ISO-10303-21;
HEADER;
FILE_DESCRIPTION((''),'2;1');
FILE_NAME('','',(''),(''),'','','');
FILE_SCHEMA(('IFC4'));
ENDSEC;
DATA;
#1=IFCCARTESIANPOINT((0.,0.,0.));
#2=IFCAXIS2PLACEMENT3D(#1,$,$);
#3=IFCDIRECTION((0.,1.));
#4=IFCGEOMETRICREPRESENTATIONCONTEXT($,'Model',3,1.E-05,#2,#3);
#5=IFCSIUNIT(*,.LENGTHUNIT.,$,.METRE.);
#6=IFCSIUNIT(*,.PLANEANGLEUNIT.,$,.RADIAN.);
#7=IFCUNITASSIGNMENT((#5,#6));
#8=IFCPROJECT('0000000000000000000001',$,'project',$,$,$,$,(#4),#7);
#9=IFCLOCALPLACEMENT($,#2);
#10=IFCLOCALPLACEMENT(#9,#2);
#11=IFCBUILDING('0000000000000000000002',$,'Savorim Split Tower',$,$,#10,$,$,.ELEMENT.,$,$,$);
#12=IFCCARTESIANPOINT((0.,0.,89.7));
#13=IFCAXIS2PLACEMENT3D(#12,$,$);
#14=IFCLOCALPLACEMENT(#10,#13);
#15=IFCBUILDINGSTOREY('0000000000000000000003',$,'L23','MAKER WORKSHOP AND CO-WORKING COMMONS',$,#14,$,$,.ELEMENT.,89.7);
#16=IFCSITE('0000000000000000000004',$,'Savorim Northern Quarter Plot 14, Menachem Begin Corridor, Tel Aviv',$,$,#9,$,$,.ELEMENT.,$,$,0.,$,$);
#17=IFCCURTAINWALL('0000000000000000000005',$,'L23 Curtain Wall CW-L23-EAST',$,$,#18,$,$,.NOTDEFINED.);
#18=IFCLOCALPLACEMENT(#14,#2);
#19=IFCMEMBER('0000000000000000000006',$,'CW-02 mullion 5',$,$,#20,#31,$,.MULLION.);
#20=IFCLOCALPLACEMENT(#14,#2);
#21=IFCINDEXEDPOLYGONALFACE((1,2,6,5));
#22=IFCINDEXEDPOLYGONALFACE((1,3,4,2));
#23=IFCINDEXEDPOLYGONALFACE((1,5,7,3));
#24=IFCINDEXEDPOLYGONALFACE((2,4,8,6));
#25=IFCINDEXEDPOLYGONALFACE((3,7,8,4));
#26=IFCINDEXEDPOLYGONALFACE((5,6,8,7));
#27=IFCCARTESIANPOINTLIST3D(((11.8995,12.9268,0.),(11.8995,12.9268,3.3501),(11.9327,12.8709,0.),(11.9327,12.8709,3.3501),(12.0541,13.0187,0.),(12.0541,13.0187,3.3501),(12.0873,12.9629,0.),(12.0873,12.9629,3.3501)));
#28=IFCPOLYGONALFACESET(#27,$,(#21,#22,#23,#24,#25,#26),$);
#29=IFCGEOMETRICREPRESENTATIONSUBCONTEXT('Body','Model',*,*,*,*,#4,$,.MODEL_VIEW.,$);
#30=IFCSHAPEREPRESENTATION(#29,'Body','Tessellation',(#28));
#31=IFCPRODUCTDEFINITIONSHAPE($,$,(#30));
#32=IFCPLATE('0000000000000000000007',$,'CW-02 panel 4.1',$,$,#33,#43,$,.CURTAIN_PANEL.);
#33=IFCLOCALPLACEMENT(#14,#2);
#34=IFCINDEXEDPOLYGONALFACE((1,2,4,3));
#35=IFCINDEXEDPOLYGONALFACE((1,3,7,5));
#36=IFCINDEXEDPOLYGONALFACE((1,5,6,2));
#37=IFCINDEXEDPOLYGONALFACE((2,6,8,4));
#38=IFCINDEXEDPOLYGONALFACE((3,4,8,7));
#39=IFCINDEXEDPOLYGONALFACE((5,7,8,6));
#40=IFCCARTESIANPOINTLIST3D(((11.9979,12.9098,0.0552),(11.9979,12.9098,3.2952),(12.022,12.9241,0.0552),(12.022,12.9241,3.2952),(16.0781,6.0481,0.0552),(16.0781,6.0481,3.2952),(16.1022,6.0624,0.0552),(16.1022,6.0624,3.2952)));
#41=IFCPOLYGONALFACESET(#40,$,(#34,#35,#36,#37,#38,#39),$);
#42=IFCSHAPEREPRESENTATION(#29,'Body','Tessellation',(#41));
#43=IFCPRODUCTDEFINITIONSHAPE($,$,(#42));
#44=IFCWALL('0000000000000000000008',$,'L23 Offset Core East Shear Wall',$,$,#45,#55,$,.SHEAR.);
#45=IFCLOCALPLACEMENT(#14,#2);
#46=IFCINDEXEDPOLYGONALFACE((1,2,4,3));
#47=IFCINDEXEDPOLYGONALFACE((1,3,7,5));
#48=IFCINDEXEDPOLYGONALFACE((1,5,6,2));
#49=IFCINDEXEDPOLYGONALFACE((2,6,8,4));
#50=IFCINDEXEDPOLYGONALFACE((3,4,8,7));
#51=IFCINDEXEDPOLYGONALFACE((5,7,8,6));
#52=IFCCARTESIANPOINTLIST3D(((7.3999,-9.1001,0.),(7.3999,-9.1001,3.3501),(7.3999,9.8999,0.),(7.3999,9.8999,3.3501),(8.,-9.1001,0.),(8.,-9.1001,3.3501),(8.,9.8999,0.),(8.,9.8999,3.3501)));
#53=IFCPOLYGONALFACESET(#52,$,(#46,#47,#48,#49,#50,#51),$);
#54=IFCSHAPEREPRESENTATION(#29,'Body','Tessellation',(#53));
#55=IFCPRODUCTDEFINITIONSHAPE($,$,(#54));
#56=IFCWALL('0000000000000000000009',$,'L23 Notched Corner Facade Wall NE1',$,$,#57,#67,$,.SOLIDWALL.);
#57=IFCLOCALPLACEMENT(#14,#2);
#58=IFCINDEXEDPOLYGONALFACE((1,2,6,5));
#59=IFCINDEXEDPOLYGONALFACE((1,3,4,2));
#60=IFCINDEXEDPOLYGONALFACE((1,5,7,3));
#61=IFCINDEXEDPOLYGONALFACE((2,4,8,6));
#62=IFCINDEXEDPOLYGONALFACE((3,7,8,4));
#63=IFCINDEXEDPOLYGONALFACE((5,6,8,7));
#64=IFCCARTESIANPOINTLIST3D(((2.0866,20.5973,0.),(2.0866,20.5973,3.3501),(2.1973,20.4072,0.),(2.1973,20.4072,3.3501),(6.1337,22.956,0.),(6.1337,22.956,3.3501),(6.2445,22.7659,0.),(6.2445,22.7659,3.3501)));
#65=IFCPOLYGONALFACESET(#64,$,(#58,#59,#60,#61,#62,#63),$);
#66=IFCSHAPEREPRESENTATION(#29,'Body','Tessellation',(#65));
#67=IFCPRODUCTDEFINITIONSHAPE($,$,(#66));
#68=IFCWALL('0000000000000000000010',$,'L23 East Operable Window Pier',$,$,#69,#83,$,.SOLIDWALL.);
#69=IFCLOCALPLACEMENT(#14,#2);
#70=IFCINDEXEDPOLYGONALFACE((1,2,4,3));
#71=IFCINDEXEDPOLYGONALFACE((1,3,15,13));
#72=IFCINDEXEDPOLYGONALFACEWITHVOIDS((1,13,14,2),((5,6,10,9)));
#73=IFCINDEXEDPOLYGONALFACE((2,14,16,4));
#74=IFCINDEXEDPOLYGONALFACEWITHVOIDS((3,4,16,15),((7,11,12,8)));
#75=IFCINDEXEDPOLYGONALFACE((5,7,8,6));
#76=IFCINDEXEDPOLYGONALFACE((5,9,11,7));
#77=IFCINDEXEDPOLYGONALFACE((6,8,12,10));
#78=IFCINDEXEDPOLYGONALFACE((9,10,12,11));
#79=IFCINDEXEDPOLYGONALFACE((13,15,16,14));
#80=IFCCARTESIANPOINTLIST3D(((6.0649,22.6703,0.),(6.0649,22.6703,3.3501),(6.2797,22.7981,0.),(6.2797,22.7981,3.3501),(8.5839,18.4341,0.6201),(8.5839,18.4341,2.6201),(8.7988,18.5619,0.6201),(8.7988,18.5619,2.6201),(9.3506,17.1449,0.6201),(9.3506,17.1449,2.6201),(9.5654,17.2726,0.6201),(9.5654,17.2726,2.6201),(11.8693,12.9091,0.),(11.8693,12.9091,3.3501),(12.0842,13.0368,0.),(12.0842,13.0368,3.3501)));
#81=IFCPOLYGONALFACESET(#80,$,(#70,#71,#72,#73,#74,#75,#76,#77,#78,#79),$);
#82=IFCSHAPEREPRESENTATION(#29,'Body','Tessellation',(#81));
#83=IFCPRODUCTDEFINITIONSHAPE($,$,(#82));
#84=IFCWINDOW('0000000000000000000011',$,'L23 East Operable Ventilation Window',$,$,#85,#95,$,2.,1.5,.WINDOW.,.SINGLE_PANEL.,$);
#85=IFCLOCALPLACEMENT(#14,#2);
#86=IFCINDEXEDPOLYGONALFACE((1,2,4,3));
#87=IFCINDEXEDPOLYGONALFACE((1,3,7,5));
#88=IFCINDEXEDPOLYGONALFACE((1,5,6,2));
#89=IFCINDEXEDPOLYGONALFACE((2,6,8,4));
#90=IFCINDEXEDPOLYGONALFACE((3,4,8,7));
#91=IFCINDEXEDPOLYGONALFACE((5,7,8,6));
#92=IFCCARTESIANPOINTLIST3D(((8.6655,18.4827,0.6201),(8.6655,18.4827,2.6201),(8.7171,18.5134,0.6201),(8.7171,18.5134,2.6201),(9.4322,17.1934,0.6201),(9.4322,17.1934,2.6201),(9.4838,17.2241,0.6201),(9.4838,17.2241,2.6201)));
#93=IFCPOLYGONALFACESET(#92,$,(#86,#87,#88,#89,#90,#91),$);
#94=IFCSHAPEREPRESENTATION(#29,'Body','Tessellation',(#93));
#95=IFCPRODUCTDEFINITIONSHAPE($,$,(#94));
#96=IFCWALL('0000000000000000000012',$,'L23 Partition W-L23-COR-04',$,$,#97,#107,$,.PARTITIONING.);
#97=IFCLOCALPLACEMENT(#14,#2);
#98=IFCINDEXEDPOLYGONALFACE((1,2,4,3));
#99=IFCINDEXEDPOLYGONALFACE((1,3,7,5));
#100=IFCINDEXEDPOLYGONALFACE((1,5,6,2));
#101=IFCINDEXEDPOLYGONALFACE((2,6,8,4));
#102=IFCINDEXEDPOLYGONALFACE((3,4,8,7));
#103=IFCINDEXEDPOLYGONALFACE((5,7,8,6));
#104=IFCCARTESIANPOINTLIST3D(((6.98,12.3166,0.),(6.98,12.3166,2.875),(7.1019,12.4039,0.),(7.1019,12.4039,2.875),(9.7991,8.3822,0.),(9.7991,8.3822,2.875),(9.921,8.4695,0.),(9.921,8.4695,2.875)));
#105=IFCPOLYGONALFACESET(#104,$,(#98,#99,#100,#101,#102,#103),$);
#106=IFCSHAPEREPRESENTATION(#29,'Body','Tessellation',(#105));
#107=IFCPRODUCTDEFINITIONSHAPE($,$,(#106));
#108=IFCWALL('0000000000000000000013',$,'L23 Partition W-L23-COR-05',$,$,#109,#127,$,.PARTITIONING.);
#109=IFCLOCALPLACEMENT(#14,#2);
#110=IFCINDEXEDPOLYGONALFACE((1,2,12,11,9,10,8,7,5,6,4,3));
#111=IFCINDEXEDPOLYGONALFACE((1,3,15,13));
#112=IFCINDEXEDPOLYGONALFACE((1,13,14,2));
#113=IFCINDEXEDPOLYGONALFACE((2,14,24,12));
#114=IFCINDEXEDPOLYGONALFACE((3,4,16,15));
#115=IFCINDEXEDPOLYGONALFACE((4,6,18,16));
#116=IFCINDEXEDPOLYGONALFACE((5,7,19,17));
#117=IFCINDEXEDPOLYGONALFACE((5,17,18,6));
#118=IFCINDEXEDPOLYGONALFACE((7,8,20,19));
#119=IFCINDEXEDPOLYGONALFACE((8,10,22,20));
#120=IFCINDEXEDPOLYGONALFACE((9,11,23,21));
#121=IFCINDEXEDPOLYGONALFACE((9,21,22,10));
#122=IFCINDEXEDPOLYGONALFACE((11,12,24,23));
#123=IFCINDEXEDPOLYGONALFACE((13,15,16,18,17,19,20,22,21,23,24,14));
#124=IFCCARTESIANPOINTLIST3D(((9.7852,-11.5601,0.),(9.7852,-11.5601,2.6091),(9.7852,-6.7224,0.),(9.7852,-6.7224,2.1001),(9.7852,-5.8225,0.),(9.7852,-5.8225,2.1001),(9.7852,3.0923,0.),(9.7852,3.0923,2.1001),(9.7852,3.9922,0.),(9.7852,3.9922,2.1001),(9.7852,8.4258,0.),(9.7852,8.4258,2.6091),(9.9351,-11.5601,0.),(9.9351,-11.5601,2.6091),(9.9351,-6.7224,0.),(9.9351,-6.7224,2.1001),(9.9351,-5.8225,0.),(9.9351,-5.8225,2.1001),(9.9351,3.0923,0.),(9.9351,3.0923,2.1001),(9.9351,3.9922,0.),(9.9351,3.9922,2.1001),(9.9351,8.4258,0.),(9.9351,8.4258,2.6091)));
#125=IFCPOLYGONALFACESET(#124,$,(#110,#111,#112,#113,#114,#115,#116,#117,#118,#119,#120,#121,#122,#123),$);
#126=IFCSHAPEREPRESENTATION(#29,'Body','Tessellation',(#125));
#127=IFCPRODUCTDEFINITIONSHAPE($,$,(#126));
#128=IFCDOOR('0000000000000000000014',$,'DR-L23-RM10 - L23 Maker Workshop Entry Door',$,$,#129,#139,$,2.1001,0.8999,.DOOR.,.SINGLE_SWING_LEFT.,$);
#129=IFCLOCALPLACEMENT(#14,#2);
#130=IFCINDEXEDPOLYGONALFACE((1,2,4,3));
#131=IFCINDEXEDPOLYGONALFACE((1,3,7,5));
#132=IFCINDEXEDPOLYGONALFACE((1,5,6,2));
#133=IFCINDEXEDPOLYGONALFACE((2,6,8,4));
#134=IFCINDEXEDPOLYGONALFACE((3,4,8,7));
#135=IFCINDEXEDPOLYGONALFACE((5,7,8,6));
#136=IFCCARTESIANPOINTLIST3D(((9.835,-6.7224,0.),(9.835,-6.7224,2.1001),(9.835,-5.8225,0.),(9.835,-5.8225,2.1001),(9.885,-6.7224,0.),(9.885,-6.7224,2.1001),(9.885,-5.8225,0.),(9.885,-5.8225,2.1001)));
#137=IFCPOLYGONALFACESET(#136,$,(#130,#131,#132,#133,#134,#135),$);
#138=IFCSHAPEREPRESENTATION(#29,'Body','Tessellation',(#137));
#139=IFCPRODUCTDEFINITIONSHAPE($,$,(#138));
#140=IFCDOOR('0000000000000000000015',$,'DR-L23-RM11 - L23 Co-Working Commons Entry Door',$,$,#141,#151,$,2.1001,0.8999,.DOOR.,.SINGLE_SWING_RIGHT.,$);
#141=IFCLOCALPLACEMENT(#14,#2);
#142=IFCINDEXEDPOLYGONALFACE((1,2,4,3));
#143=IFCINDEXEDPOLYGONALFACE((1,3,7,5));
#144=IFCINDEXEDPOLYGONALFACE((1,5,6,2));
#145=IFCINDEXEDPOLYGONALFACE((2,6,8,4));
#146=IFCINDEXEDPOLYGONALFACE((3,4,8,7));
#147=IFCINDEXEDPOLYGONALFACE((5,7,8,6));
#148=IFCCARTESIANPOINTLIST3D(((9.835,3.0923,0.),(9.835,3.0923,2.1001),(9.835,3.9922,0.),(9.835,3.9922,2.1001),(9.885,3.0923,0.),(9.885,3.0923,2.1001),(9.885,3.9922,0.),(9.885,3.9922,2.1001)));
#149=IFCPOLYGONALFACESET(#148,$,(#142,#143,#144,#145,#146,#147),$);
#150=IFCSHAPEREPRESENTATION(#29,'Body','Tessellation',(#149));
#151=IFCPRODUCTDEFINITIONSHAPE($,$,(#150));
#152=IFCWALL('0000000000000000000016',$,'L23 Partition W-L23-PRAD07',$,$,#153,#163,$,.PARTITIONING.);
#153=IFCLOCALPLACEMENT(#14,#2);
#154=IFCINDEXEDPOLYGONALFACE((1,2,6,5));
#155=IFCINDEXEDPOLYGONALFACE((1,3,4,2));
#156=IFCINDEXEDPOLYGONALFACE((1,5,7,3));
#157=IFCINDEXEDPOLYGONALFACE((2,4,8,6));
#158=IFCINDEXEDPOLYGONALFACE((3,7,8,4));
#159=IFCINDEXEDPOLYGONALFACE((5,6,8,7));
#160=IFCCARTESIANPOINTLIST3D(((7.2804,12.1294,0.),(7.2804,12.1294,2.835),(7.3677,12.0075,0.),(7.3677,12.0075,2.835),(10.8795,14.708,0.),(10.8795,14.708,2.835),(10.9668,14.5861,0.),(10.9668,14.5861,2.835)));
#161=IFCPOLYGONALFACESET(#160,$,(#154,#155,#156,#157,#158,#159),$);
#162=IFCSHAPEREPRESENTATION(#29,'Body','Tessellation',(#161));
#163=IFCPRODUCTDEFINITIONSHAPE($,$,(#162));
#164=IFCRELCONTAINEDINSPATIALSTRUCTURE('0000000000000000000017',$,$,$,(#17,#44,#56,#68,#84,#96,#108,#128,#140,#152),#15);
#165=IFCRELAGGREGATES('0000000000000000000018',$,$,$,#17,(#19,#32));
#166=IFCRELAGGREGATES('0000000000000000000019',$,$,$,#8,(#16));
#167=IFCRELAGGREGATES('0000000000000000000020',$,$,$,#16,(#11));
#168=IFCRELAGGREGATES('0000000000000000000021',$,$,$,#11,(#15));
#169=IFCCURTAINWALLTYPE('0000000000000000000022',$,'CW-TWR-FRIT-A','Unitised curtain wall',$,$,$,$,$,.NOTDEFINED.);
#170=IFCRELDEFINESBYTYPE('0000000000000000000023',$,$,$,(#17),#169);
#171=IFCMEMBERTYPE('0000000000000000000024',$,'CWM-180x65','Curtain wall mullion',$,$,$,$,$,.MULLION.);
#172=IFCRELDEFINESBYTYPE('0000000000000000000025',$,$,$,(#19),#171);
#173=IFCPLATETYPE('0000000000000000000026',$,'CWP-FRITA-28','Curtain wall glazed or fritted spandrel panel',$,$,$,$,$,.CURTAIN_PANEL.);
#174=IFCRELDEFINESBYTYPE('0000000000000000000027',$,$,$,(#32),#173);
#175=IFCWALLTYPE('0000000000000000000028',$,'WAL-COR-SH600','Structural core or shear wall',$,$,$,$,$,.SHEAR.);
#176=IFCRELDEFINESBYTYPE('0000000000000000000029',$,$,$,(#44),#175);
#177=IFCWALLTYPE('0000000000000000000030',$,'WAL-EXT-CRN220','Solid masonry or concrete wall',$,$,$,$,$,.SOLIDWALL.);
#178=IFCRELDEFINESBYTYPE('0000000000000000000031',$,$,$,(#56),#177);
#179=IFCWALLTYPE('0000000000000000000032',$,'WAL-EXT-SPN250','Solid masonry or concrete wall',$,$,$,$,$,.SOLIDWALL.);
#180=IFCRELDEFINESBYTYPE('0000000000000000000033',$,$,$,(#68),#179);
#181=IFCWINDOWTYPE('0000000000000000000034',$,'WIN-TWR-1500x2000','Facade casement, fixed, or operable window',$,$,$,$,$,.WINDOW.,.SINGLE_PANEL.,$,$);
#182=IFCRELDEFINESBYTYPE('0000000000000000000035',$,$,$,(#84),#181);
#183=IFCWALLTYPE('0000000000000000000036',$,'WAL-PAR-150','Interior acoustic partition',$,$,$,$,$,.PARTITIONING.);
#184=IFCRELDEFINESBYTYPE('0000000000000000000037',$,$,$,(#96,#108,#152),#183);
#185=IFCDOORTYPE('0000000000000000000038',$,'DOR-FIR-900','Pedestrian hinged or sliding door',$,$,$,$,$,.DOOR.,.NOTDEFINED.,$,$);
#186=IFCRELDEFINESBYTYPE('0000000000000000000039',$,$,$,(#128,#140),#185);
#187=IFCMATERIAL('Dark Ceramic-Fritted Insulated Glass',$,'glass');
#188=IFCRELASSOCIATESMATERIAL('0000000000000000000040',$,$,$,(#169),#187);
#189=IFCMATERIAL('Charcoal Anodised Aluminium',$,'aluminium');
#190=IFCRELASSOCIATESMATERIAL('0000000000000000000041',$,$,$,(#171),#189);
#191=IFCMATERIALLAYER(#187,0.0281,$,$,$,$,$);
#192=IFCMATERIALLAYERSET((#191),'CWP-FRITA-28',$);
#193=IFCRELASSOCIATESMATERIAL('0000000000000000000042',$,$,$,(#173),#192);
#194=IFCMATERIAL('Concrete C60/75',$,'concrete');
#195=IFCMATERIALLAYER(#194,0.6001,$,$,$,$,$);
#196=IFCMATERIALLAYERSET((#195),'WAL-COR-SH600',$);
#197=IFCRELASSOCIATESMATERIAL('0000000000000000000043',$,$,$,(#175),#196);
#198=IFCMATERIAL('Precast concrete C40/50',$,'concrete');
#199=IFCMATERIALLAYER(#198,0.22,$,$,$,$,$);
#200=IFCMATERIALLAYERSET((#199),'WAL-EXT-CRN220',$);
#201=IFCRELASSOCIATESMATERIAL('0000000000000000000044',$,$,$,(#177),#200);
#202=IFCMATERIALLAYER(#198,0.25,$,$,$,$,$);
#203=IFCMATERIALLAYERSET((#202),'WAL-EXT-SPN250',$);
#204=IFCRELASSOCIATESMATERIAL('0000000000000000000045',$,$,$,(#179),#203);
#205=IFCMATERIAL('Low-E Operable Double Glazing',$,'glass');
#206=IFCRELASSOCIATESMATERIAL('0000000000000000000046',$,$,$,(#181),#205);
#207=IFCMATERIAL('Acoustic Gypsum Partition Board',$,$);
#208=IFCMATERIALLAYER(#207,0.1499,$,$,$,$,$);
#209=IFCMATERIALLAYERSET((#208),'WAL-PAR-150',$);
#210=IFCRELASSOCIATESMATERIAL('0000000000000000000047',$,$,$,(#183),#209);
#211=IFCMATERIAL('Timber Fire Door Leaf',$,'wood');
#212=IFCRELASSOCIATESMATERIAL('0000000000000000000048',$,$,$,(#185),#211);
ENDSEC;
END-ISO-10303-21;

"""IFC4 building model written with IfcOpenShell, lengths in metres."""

from ifc_helpers import new_model, si_unit, direction, frame, frame_2d, origin, origin_2d, place, context, subcontext, project, spatial, rectangle, extrude, material, layer, layer_set, material_profile, profile_set, type_object, element, fill, aggregate, save


model = new_model("IFC4")

# Units and contexts
model_context = context("Model", 3, precision=1e-05, world=origin(), true_north=direction((0.0, 1.0)))
body_context = subcontext(model_context, "Body", "Model", "MODEL_VIEW")
ifc_project = project(units=[si_unit("LENGTHUNIT", "METRE"), si_unit("PLANEANGLEUNIT", "RADIAN")], contexts=[model_context])

# Site, building, storey
site_placement = place(None, origin())
site = spatial("IfcSite", under=ifc_project, at=site_placement, Name="Savorim Northern Quarter Plot 14, Menachem Begin Corridor, Tel Aviv", CompositionType="ELEMENT", RefElevation=0.0)
building_placement = place(site_placement, origin())
building = spatial("IfcBuilding", under=site, at=building_placement, Name="Savorim Split Tower", CompositionType="ELEMENT")
storey_placement = place(building_placement, frame((0.0, 0.0, 89.7)))
storey = spatial("IfcBuildingStorey", under=building, at=storey_placement, Name="L23", Description="MAKER WORKSHOP AND CO-WORKING COMMONS", CompositionType="ELEMENT", Elevation=89.7)

# Curtain wall, member, plate
ifc_material_1 = material(Name="Dark Ceramic-Fritted Insulated Glass", Category="glass")
curtain_wall_type = type_object("IfcCurtainWallType", Name="CW-TWR-FRIT-A", Description="Unitised curtain wall", PredefinedType="NOTDEFINED", material=ifc_material_1)
curtain_wall_placement = place(storey_placement, origin())
curtain_wall = element("IfcCurtainWall", 1, at=curtain_wall_placement, inside=storey, type_object=curtain_wall_type, Name="L23 Curtain Wall CW-L23-EAST", PredefinedType="NOTDEFINED")
ifc_material_2 = material(Name="Charcoal Anodised Aluminium", Category="aluminium")
ifc_material_profile_1 = material_profile(ifc_material_2, rectangle(XDim=0.1799, YDim=0.0649, at=origin_2d()), Name="ALU-M 180x65")
ifc_profile_set_1 = profile_set([ifc_material_profile_1], Name="Charcoal Anodised Aluminium")
member_type = type_object("IfcMemberType", Name="CWM-180x65", Description="Curtain wall mullion", PredefinedType="MULLION", material=ifc_profile_set_1)
member_placement = place(storey_placement, frame((11.9934, 12.9448, 0.0), z_axis=(0.0, 0.0, 1.0), x_axis=(-0.859525, -0.511094, 0.0)))
member = element("IfcMember", 2, at=member_placement, type_object=member_type, Name="CW-02 mullion 5", PredefinedType="MULLION", context=body_context, shape_type="SweptSolid", body=[
    extrude(rectangle(XDim=0.1799, YDim=0.0649, at=origin_2d()), origin(), (0.0, 0.0, 1.0), 3.3501),
])
ifc_layer_1 = layer(ifc_material_1, 0.0281)
ifc_layer_set_1 = layer_set([ifc_layer_1], Name="CWP-FRITA-28")
plate_type = type_object("IfcPlateType", Name="CWP-FRITA-28", Description="Curtain wall glazed or fritted spandrel panel", PredefinedType="CURTAIN_PANEL", material=ifc_layer_set_1)
plate_placement = place(storey_placement, frame((14.05, 9.4861, 0.0552), z_axis=(0.0, 0.0, 1.0), x_axis=(-0.511094, 0.859525, 0.0)))
plate = element("IfcPlate", 3, at=plate_placement, type_object=plate_type, Name="CW-02 panel 4.1", PredefinedType="CURTAIN_PANEL", context=body_context, shape_type="SweptSolid", body=[
    extrude(rectangle(XDim=7.9832, YDim=0.0281, at=origin_2d()), origin(), (0.0, 0.0, 1.0), 3.24),
])
aggregate(curtain_wall, [member, plate])

# Shared definitions
ifc_material_3 = material(Name="Concrete C60/75", Category="concrete")
ifc_layer_2 = layer(ifc_material_3, 0.6001)
ifc_layer_set_2 = layer_set([ifc_layer_2], Name="WAL-COR-SH600")
wall_type_1 = type_object("IfcWallType", Name="WAL-COR-SH600", Description="Structural core or shear wall", PredefinedType="SHEAR", material=ifc_layer_set_2)
ifc_material_4 = material(Name="Timber Fire Door Leaf", Category="wood")

# Walls
wall_1_placement = place(storey_placement, frame((7.7, 9.8999, 0.0), z_axis=(0.0, 0.0, 1.0), x_axis=(0.0, -1.0, 0.0)))
element("IfcWall", 4, at=wall_1_placement, inside=storey, type_object=wall_type_1, Name="L23 Offset Core East Shear Wall", PredefinedType="SHEAR", context=body_context, shape_type="SweptSolid", body=[
    extrude(rectangle(XDim=19.0, YDim=0.6001, at=frame_2d((9.5, 0.0))), origin(), (0.0, 0.0, 1.0), 3.3501),
])
ifc_material_5 = material(Name="Precast concrete C40/50", Category="concrete")
ifc_layer_3 = layer(ifc_material_5, 0.22)
ifc_layer_set_3 = layer_set([ifc_layer_3], Name="WAL-EXT-CRN220")
wall_type_2 = type_object("IfcWallType", Name="WAL-EXT-CRN220", Description="Solid masonry or concrete wall", PredefinedType="SOLIDWALL", material=ifc_layer_set_3)
wall_2_placement = place(storey_placement, frame((2.1418, 20.5022, 0.0), z_axis=(0.0, 0.0, 1.0), x_axis=(0.863981, 0.503524, 0.0)))
element("IfcWall", 5, at=wall_2_placement, inside=storey, type_object=wall_type_2, Name="L23 Notched Corner Facade Wall NE1", PredefinedType="SOLIDWALL", context=body_context, shape_type="SweptSolid", body=[
    extrude(rectangle(XDim=4.6843, YDim=0.22, at=frame_2d((2.3423, 0.0))), origin(), (0.0, 0.0, 1.0), 3.3501),
])

# Wall, opening, window
ifc_layer_4 = layer(ifc_material_5, 0.25)
ifc_layer_set_4 = layer_set([ifc_layer_4], Name="WAL-EXT-SPN250")
wall_type_3 = type_object("IfcWallType", Name="WAL-EXT-SPN250", Description="Solid masonry or concrete wall", PredefinedType="SOLIDWALL", material=ifc_layer_set_4)
wall_3_placement = place(storey_placement, frame((6.1724, 22.7341, 0.0), z_axis=(0.0, 0.0, 1.0), x_axis=(0.511106, -0.859518, 0.0)))
wall_3 = element("IfcWall", 6, at=wall_3_placement, inside=storey, type_object=wall_type_3, Name="L23 East Operable Window Pier", PredefinedType="SOLIDWALL", context=body_context, shape_type="SweptSolid", body=[
    extrude(rectangle(XDim=11.3567, YDim=0.25, at=frame_2d((5.6782, 0.0))), origin(), (0.0, 0.0, 1.0), 3.3501),
])
opening_1_placement = place(wall_3_placement, frame((4.9285, 0.0, 0.6201)))
opening_1 = element("IfcOpeningElement", 7, at=opening_1_placement, cuts=wall_3, PredefinedType="OPENING", context=body_context, shape_type="SweptSolid", body=[
    extrude(rectangle(XDim=1.5, YDim=2.0, at=frame_2d((0.75, 1.0))), frame((0.0, 0.135, 0.0), z_axis=(0.0, -1.0, 0.0), x_axis=(1.0, 0.0, 0.0)), (0.0, 0.0, 1.0), 0.27),
])
ifc_material_6 = material(Name="Low-E Operable Double Glazing", Category="glass")
window_type = type_object("IfcWindowType", Name="WIN-TWR-1500x2000", Description="Facade casement, fixed, or operable window", PartitioningType="SINGLE_PANEL", PredefinedType="WINDOW", material=ifc_material_6)
window_placement = place(opening_1_placement, origin())
window = element("IfcWindow", 8, at=window_placement, inside=storey, type_object=window_type, Name="L23 East Operable Ventilation Window", OverallHeight=2.0, OverallWidth=1.5, PartitioningType="SINGLE_PANEL", PredefinedType="WINDOW", context=body_context, shape_type="SweptSolid", body=[
    extrude(rectangle(XDim=1.5, YDim=2.0, at=frame_2d((0.75, 1.0))), frame((0.0, 0.03, 0.0), z_axis=(0.0, -1.0, 0.0), x_axis=(1.0, 0.0, 0.0)), (0.0, 0.0, 1.0), 0.0601),
])
fill(opening_1, window)

# Wall
ifc_material_7 = material(Name="Acoustic Gypsum Partition Board")
ifc_layer_5 = layer(ifc_material_7, 0.1499)
ifc_layer_set_5 = layer_set([ifc_layer_5], Name="WAL-PAR-150")
wall_type_4 = type_object("IfcWallType", Name="WAL-PAR-150", Description="Interior acoustic partition", PredefinedType="PARTITIONING", material=ifc_layer_set_5)
wall_4_placement = place(storey_placement, frame((7.041, 12.3601, 0.0), z_axis=(0.0, 0.0, 1.0), x_axis=(0.58245, -0.812867, 0.0)))
element("IfcWall", 9, at=wall_4_placement, inside=storey, type_object=wall_type_4, Name="L23 Partition W-L23-COR-04", PredefinedType="PARTITIONING", context=body_context, shape_type="SweptSolid", body=[
    extrude(rectangle(XDim=4.8401, YDim=0.1499, at=frame_2d((2.4199, 0.0))), origin(), (0.0, 0.0, 1.0), 2.875),
])

# Wall, openings, doors
wall_5_placement = place(storey_placement, frame((9.8601, 8.4258, 0.0), z_axis=(0.0, 0.0, 1.0), x_axis=(0.0, -1.0, 0.0)))
wall_5 = element("IfcWall", 10, at=wall_5_placement, inside=storey, type_object=wall_type_4, Name="L23 Partition W-L23-COR-05", PredefinedType="PARTITIONING", context=body_context, shape_type="SweptSolid", body=[
    extrude(rectangle(XDim=19.9858, YDim=0.1499, at=frame_2d((9.9929, 0.0))), origin(), (0.0, 0.0, 1.0), 2.6091),
])
opening_2_placement = place(wall_5_placement, frame((14.2483, 0.0, 0.0)))
opening_2 = element("IfcOpeningElement", 11, at=opening_2_placement, cuts=wall_5, PredefinedType="OPENING", context=body_context, shape_type="SweptSolid", body=[
    extrude(rectangle(XDim=0.8999, YDim=2.1001, at=frame_2d((0.45, 1.05))), frame((0.0, 0.085, 0.0), z_axis=(0.0, -1.0, 0.0), x_axis=(1.0, 0.0, 0.0)), (0.0, 0.0, 1.0), 0.1699),
])
opening_3_placement = place(wall_5_placement, frame((4.4336, 0.0, 0.0)))
opening_3 = element("IfcOpeningElement", 12, at=opening_3_placement, cuts=wall_5, PredefinedType="OPENING", context=body_context, shape_type="SweptSolid", body=[
    extrude(rectangle(XDim=0.8999, YDim=2.1001, at=frame_2d((0.45, 1.05))), frame((0.0, 0.085, 0.0), z_axis=(0.0, -1.0, 0.0), x_axis=(1.0, 0.0, 0.0)), (0.0, 0.0, 1.0), 0.1699),
])
door_type_1 = type_object("IfcDoorType", Name="DOR-FIR-900", Description="Pedestrian hinged or sliding door", OperationType="NOTDEFINED", PredefinedType="DOOR", material=ifc_material_4)
door_1_placement = place(opening_2_placement, origin())
door_1 = element("IfcDoor", 13, at=door_1_placement, inside=storey, type_object=door_type_1, Name="DR-L23-RM10 - L23 Maker Workshop Entry Door", OperationType="SINGLE_SWING_LEFT", OverallHeight=2.1001, OverallWidth=0.8999, PredefinedType="DOOR", context=body_context, shape_type="SweptSolid", body=[
    extrude(rectangle(XDim=0.8999, YDim=2.1001, at=frame_2d((0.45, 1.05))), frame((0.0, 0.0249, 0.0), z_axis=(0.0, -1.0, 0.0), x_axis=(1.0, 0.0, 0.0)), (0.0, 0.0, 1.0), 0.05),
])
fill(opening_2, door_1)
door_2_placement = place(opening_3_placement, origin())
door_2 = element("IfcDoor", 14, at=door_2_placement, inside=storey, type_object=door_type_1, Name="DR-L23-RM11 - L23 Co-Working Commons Entry Door", OperationType="SINGLE_SWING_RIGHT", OverallHeight=2.1001, OverallWidth=0.8999, PredefinedType="DOOR", context=body_context, shape_type="SweptSolid", body=[
    extrude(rectangle(XDim=0.8999, YDim=2.1001, at=frame_2d((0.45, 1.05))), frame((0.0, 0.0249, 0.0), z_axis=(0.0, -1.0, 0.0), x_axis=(1.0, 0.0, 0.0)), (0.0, 0.0, 1.0), 0.05),
])
fill(opening_3, door_2)

# Wall
wall_6_placement = place(storey_placement, frame((7.324, 12.0684, 0.0), z_axis=(0.0, 0.0, 1.0), x_axis=(0.812898, 0.582406, 0.0)))
element("IfcWall", 15, at=wall_6_placement, inside=storey, type_object=wall_type_4, Name="L23 Partition W-L23-PRAD07", PredefinedType="PARTITIONING", context=body_context, shape_type="SweptSolid", body=[
    extrude(rectangle(XDim=4.4275, YDim=0.1499, at=frame_2d((2.2139, 0.0))), origin(), (0.0, 0.0, 1.0), 2.835),
])

save(model, "model.ifc")
